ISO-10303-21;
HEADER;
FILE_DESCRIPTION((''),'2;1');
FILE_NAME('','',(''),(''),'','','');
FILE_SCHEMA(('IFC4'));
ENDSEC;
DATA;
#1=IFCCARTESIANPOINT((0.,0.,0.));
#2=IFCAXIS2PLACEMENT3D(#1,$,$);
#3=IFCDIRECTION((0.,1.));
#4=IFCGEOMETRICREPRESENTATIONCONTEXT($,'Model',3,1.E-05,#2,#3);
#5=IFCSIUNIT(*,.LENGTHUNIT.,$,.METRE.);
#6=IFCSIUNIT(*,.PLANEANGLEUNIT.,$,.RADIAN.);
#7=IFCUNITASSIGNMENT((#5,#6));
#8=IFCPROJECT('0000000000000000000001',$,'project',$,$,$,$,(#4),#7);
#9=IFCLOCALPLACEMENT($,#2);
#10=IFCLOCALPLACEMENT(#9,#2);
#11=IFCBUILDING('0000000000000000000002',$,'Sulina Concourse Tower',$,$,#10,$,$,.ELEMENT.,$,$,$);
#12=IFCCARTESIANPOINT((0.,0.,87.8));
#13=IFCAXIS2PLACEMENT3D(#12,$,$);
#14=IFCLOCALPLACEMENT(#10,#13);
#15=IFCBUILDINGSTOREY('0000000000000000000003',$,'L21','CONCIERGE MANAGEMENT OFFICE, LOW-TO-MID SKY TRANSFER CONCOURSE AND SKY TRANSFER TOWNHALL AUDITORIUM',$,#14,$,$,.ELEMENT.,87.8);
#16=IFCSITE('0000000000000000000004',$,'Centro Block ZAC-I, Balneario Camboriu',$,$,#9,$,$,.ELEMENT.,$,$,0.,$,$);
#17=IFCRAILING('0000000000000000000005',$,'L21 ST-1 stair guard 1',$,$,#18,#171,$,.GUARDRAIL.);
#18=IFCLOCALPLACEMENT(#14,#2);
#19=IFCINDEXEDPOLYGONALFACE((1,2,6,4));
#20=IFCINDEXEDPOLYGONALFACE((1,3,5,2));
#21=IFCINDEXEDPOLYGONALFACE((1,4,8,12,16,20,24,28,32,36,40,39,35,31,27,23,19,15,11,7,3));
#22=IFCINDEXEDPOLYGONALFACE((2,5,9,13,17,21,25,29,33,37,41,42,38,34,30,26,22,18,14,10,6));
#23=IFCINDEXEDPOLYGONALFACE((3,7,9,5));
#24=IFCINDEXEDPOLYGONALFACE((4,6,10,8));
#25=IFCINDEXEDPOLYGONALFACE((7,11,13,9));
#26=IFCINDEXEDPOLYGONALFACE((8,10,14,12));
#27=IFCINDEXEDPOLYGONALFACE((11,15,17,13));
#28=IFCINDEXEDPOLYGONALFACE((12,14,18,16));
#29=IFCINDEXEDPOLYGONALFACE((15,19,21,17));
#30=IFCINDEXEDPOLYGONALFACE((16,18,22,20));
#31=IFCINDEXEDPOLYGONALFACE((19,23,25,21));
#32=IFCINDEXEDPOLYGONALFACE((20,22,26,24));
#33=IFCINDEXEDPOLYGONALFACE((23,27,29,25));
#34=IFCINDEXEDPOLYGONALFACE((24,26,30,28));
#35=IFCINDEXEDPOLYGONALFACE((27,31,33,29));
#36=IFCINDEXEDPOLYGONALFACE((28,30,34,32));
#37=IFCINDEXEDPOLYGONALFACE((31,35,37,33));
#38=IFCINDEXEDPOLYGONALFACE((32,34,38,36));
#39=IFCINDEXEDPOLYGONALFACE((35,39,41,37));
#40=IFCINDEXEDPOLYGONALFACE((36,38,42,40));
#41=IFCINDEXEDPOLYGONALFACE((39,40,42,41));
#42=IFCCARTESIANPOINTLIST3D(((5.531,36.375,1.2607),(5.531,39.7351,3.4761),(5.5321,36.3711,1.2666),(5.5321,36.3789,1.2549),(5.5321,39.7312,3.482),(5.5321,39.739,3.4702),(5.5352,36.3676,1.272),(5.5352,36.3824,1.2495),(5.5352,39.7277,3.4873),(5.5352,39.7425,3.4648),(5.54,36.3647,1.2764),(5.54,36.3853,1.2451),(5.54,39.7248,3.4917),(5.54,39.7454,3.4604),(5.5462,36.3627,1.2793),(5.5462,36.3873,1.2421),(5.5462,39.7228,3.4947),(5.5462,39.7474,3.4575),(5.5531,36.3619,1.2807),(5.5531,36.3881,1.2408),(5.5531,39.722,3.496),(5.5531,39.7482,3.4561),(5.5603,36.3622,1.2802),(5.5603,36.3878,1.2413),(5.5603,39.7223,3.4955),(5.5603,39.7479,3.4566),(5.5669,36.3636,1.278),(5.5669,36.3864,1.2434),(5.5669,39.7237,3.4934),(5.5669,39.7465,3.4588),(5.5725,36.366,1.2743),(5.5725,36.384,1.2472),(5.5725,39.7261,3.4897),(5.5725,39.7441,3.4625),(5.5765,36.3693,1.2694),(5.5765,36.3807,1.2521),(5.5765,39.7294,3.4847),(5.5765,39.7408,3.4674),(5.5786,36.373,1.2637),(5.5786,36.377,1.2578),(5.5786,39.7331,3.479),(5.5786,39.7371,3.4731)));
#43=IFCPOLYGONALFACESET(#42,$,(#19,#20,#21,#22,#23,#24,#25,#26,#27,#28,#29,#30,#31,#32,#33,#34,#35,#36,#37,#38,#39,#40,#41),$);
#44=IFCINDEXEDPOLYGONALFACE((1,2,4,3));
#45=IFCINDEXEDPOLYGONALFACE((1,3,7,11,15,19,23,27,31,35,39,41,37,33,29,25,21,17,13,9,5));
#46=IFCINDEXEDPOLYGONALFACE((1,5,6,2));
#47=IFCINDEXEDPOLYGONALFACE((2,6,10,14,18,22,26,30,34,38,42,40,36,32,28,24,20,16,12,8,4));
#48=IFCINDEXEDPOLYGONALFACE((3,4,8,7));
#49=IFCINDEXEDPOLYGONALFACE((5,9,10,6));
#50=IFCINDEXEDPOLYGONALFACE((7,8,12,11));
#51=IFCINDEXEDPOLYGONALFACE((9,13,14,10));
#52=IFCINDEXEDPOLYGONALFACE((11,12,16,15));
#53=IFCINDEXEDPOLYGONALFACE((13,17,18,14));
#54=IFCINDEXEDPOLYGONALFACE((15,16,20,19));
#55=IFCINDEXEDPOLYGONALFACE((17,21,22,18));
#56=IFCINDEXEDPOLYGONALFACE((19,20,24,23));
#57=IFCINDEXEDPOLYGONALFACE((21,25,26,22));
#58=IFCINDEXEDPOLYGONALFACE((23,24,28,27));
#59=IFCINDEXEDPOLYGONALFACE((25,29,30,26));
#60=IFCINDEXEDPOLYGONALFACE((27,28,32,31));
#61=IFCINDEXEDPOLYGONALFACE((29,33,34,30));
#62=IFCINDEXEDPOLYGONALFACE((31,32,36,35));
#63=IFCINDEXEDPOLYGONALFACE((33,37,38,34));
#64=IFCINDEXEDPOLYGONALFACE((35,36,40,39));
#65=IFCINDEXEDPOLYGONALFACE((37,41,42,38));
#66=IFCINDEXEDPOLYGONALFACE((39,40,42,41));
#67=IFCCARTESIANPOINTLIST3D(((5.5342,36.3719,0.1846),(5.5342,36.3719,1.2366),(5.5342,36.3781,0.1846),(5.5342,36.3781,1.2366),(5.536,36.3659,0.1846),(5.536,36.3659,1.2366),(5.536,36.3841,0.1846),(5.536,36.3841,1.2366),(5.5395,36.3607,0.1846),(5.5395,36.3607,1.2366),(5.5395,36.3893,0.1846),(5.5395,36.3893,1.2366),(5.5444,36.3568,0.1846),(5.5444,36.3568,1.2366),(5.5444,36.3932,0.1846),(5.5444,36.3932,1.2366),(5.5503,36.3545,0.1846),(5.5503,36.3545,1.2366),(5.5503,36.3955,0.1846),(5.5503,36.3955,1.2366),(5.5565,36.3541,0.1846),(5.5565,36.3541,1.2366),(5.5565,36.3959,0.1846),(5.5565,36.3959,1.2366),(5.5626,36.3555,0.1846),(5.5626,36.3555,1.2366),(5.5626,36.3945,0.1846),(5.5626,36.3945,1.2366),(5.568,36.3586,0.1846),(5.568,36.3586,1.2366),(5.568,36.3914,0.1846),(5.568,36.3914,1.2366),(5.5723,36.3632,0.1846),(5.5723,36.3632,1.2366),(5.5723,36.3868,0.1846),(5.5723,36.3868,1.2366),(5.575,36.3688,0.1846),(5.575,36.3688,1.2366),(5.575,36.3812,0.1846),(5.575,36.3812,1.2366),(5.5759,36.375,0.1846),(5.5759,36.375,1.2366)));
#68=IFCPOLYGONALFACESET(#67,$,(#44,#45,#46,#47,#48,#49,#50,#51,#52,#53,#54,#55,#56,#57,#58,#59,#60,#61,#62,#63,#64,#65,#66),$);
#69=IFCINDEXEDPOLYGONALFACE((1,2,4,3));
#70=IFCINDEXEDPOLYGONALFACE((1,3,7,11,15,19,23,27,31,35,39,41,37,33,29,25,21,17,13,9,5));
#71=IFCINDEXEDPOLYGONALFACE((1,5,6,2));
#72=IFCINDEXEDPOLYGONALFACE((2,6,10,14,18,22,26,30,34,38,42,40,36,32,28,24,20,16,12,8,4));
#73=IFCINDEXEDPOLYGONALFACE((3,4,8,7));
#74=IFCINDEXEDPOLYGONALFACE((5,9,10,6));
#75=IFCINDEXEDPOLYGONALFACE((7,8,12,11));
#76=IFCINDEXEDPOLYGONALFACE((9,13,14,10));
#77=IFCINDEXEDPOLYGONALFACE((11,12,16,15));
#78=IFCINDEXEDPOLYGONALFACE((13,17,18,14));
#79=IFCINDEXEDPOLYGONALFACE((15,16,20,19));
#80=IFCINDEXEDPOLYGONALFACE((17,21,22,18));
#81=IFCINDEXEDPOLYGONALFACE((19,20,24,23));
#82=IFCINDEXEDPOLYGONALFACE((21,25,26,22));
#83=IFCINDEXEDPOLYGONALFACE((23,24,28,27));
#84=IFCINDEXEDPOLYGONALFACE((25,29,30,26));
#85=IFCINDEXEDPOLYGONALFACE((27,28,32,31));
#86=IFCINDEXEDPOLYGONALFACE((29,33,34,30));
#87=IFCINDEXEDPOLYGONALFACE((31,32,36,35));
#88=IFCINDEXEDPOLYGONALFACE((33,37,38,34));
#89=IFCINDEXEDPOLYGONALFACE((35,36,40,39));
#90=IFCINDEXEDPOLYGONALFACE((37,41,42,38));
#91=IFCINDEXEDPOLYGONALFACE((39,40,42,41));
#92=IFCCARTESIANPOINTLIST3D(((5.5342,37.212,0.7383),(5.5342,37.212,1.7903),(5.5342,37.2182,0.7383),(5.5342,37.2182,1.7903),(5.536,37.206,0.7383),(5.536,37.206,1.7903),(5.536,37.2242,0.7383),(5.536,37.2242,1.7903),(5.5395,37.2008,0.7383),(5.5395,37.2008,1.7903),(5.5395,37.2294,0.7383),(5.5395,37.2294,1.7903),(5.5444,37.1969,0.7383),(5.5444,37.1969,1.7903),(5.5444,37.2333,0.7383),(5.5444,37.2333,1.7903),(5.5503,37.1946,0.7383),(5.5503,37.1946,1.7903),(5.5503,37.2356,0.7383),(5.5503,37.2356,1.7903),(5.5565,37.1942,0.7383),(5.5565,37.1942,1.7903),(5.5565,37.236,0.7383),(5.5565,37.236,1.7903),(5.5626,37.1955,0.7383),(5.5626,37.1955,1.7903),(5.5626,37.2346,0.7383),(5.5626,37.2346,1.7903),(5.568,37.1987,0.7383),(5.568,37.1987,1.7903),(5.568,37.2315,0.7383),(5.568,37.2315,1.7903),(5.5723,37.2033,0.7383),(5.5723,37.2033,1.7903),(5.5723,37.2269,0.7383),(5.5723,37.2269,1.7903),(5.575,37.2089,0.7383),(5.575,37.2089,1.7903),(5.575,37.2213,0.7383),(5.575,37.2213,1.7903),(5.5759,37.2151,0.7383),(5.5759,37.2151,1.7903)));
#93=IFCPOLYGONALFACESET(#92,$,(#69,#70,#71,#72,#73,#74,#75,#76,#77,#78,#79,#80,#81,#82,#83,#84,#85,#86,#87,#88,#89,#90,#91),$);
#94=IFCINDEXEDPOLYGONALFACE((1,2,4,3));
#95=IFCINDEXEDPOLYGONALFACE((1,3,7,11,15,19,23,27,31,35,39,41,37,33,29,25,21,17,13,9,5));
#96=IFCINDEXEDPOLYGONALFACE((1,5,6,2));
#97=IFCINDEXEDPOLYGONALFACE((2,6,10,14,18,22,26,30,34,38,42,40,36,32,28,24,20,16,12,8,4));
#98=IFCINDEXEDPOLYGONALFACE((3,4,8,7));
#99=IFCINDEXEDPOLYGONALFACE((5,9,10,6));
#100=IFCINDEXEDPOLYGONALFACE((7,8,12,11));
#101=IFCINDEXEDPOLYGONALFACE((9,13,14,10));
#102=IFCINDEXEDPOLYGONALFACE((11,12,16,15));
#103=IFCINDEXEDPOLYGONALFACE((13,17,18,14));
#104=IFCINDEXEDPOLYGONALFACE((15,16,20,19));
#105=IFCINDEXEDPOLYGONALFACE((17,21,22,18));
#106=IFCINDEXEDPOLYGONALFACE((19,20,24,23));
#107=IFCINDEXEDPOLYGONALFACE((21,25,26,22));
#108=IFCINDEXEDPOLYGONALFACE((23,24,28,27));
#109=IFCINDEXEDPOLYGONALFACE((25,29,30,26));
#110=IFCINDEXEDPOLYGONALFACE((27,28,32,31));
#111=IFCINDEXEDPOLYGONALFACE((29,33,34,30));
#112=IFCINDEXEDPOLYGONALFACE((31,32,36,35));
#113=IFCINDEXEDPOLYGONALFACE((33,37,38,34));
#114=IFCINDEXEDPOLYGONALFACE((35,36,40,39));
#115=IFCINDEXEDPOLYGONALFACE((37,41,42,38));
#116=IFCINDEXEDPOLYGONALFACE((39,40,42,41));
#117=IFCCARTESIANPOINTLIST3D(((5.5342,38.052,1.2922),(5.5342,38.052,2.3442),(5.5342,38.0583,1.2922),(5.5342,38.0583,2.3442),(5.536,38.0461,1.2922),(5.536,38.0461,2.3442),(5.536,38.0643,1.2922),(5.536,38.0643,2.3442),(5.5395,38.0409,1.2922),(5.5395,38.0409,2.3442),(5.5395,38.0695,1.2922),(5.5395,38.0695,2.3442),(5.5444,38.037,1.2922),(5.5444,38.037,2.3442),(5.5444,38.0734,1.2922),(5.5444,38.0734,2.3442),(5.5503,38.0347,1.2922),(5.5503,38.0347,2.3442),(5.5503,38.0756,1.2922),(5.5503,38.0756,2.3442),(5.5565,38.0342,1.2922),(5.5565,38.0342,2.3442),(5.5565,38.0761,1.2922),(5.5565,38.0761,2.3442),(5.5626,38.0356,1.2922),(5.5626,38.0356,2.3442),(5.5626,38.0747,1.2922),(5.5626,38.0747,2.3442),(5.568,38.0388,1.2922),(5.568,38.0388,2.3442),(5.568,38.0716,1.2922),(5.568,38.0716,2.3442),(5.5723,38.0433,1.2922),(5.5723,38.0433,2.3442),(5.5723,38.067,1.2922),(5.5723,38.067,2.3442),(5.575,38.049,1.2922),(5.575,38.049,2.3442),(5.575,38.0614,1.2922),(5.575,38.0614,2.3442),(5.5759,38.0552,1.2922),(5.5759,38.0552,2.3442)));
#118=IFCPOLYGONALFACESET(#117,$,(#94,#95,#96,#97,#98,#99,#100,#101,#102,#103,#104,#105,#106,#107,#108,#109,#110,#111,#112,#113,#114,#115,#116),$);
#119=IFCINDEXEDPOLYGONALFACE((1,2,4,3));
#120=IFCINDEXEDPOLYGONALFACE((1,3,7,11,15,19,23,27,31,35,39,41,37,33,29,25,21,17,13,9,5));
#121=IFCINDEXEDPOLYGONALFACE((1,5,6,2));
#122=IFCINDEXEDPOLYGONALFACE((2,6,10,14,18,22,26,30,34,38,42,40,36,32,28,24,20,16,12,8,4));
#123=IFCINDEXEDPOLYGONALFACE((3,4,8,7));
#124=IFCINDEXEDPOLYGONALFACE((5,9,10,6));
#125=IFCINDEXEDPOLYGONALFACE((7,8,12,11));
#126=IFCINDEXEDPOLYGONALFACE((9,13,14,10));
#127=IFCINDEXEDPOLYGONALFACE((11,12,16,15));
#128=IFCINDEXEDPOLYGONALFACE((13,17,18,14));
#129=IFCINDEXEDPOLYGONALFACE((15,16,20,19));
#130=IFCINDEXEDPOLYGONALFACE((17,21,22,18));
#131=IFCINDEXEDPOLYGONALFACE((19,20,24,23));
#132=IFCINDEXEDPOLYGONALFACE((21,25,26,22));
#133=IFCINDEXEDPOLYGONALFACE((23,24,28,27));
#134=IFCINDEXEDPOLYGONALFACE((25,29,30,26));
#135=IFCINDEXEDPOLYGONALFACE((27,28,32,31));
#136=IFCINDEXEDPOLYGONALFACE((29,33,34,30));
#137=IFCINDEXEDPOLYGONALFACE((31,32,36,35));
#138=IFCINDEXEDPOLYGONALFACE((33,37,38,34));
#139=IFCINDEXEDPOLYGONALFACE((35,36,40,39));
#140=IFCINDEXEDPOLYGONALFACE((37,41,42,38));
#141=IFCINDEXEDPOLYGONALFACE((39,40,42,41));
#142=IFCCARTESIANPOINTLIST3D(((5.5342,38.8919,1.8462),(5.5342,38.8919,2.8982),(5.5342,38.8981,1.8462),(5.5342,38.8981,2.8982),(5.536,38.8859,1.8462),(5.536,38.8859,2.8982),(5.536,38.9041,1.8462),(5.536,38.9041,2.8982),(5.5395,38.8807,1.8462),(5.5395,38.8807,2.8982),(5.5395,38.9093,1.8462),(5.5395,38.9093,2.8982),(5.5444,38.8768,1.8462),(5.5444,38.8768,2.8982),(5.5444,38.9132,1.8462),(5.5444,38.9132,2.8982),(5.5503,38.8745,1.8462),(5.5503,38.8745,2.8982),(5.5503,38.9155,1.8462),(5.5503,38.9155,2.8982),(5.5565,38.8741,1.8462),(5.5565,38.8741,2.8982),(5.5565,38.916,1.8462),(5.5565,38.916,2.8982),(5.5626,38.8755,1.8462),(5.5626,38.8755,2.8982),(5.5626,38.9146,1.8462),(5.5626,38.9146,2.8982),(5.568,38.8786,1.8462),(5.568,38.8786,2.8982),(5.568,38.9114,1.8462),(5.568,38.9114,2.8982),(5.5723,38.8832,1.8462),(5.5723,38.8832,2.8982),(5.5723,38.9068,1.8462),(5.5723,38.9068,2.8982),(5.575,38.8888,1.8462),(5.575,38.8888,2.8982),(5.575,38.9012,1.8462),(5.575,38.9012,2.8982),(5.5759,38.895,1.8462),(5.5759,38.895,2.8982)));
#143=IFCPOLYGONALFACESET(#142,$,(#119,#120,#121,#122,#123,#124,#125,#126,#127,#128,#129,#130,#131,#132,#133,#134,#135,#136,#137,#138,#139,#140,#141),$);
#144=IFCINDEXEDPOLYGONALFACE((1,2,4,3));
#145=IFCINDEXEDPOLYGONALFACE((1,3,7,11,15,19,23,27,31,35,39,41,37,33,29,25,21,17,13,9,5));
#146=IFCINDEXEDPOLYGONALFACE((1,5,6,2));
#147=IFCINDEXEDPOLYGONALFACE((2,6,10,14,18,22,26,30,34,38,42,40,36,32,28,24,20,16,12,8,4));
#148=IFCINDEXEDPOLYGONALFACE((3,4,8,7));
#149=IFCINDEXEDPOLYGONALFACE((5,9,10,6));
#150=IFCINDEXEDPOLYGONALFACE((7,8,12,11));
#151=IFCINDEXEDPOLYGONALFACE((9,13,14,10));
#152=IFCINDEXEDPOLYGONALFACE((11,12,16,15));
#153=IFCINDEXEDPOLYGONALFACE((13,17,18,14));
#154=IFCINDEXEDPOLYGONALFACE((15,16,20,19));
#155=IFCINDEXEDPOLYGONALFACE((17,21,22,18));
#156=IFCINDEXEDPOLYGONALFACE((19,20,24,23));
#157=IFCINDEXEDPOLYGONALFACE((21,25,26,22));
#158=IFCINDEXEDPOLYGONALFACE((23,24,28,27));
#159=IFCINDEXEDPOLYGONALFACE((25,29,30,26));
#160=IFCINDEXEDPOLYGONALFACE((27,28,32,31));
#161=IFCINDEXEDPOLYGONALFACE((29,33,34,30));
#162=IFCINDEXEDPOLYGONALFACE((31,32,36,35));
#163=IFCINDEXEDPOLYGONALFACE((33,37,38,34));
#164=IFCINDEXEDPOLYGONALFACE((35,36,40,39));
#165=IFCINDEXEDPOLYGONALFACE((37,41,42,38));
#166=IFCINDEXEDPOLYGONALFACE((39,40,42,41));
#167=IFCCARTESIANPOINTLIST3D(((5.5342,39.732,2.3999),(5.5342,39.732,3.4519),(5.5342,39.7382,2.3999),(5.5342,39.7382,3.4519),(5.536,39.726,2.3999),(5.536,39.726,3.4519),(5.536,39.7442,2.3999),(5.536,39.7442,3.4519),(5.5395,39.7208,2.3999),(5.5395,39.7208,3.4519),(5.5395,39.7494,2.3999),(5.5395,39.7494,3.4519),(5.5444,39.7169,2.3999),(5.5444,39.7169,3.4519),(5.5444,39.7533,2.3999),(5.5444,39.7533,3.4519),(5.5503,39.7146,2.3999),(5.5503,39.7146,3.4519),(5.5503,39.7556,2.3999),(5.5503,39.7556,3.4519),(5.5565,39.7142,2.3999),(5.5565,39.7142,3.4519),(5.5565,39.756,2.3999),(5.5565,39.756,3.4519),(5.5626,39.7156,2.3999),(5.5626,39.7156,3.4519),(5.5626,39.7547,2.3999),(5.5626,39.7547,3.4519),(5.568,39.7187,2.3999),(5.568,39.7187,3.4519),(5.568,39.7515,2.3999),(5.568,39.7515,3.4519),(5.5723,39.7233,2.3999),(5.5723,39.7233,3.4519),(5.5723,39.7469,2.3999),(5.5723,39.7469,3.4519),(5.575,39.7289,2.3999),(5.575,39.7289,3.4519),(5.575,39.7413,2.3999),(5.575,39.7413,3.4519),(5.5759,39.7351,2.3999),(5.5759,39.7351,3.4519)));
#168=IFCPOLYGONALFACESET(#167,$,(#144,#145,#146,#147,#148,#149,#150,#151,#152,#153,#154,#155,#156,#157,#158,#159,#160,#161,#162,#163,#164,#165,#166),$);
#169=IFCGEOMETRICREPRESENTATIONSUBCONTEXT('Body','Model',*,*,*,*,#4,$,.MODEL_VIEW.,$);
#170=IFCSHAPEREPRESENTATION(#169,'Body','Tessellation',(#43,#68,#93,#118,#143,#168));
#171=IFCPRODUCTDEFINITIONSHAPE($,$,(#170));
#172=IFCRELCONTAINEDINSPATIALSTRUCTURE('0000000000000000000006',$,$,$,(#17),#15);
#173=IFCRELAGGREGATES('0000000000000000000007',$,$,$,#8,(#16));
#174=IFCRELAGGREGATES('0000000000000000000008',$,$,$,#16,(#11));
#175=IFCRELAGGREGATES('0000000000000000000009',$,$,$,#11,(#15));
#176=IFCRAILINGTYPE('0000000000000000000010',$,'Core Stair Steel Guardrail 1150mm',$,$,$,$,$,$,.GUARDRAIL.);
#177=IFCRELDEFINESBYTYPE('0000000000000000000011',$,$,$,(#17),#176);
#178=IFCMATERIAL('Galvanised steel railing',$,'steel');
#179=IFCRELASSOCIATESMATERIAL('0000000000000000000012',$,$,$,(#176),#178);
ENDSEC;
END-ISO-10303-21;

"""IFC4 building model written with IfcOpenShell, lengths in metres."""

from ifc_helpers import new_model, si_unit, direction, frame, origin, origin_2d, place, context, subcontext, project, spatial, circle, extrude, material, type_object, element, save


model = new_model("IFC4")

# Units and contexts
model_context = context("Model", 3, precision=1e-05, world=origin(), true_north=direction((0.0, 1.0)))
body_context = subcontext(model_context, "Body", "Model", "MODEL_VIEW")
ifc_project = project(units=[si_unit("LENGTHUNIT", "METRE"), si_unit("PLANEANGLEUNIT", "RADIAN")], contexts=[model_context])

# Site, building, storey
site_placement = place(None, origin())
site = spatial("IfcSite", under=ifc_project, at=site_placement, Name="Centro Block ZAC-I, Balneario Camboriu", CompositionType="ELEMENT", RefElevation=0.0)
building_placement = place(site_placement, origin())
building = spatial("IfcBuilding", under=site, at=building_placement, Name="Sulina Concourse Tower", CompositionType="ELEMENT")
storey_placement = place(building_placement, frame((0.0, 0.0, 87.8)))
storey = spatial("IfcBuildingStorey", under=building, at=storey_placement, Name="L21", Description="CONCIERGE MANAGEMENT OFFICE, LOW-TO-MID SKY TRANSFER CONCOURSE AND SKY TRANSFER TOWNHALL AUDITORIUM", CompositionType="ELEMENT", Elevation=87.8)

# Railing
ifc_material_1 = material(Name="Galvanised steel railing", Category="steel")
railing_type_1 = type_object("IfcRailingType", Name="Core Stair Steel Guardrail 1150mm", PredefinedType="GUARDRAIL", material=ifc_material_1)
railing_1_placement = place(storey_placement, frame((5.5549, 36.375, 0.1846)))
element("IfcRailing", 1, at=railing_1_placement, inside=storey, type_object=railing_type_1, Name="L21 ST-1 stair guard 1", PredefinedType="GUARDRAIL", context=body_context, shape_type="SweptSolid", body=[
    extrude(circle(Radius=0.0239, at=origin_2d()), frame((0.0, 0.0, 1.0762), z_axis=(0.0, 0.834876, 0.550437), x_axis=(-1.0, 0.0, 0.0)), (0.0, 0.0, 1.0), 4.0247),
    extrude(circle(Radius=0.021, at=origin_2d()), origin(), (0.0, 0.0, 1.0), 1.052),
    extrude(circle(Radius=0.021, at=origin_2d()), frame((0.0, 0.8401, 0.5537)), (0.0, 0.0, 1.0), 1.052),
    extrude(circle(Radius=0.021, at=origin_2d()), frame((0.0, 1.6802, 1.1077)), (0.0, 0.0, 1.0), 1.052),
    extrude(circle(Radius=0.021, at=origin_2d()), frame((0.0, 2.52, 1.6616)), (0.0, 0.0, 1.0), 1.052),
    extrude(circle(Radius=0.021, at=origin_2d()), frame((0.0, 3.3601, 2.2153)), (0.0, 0.0, 1.0), 1.052),
])

save(model, "model.ifc")
